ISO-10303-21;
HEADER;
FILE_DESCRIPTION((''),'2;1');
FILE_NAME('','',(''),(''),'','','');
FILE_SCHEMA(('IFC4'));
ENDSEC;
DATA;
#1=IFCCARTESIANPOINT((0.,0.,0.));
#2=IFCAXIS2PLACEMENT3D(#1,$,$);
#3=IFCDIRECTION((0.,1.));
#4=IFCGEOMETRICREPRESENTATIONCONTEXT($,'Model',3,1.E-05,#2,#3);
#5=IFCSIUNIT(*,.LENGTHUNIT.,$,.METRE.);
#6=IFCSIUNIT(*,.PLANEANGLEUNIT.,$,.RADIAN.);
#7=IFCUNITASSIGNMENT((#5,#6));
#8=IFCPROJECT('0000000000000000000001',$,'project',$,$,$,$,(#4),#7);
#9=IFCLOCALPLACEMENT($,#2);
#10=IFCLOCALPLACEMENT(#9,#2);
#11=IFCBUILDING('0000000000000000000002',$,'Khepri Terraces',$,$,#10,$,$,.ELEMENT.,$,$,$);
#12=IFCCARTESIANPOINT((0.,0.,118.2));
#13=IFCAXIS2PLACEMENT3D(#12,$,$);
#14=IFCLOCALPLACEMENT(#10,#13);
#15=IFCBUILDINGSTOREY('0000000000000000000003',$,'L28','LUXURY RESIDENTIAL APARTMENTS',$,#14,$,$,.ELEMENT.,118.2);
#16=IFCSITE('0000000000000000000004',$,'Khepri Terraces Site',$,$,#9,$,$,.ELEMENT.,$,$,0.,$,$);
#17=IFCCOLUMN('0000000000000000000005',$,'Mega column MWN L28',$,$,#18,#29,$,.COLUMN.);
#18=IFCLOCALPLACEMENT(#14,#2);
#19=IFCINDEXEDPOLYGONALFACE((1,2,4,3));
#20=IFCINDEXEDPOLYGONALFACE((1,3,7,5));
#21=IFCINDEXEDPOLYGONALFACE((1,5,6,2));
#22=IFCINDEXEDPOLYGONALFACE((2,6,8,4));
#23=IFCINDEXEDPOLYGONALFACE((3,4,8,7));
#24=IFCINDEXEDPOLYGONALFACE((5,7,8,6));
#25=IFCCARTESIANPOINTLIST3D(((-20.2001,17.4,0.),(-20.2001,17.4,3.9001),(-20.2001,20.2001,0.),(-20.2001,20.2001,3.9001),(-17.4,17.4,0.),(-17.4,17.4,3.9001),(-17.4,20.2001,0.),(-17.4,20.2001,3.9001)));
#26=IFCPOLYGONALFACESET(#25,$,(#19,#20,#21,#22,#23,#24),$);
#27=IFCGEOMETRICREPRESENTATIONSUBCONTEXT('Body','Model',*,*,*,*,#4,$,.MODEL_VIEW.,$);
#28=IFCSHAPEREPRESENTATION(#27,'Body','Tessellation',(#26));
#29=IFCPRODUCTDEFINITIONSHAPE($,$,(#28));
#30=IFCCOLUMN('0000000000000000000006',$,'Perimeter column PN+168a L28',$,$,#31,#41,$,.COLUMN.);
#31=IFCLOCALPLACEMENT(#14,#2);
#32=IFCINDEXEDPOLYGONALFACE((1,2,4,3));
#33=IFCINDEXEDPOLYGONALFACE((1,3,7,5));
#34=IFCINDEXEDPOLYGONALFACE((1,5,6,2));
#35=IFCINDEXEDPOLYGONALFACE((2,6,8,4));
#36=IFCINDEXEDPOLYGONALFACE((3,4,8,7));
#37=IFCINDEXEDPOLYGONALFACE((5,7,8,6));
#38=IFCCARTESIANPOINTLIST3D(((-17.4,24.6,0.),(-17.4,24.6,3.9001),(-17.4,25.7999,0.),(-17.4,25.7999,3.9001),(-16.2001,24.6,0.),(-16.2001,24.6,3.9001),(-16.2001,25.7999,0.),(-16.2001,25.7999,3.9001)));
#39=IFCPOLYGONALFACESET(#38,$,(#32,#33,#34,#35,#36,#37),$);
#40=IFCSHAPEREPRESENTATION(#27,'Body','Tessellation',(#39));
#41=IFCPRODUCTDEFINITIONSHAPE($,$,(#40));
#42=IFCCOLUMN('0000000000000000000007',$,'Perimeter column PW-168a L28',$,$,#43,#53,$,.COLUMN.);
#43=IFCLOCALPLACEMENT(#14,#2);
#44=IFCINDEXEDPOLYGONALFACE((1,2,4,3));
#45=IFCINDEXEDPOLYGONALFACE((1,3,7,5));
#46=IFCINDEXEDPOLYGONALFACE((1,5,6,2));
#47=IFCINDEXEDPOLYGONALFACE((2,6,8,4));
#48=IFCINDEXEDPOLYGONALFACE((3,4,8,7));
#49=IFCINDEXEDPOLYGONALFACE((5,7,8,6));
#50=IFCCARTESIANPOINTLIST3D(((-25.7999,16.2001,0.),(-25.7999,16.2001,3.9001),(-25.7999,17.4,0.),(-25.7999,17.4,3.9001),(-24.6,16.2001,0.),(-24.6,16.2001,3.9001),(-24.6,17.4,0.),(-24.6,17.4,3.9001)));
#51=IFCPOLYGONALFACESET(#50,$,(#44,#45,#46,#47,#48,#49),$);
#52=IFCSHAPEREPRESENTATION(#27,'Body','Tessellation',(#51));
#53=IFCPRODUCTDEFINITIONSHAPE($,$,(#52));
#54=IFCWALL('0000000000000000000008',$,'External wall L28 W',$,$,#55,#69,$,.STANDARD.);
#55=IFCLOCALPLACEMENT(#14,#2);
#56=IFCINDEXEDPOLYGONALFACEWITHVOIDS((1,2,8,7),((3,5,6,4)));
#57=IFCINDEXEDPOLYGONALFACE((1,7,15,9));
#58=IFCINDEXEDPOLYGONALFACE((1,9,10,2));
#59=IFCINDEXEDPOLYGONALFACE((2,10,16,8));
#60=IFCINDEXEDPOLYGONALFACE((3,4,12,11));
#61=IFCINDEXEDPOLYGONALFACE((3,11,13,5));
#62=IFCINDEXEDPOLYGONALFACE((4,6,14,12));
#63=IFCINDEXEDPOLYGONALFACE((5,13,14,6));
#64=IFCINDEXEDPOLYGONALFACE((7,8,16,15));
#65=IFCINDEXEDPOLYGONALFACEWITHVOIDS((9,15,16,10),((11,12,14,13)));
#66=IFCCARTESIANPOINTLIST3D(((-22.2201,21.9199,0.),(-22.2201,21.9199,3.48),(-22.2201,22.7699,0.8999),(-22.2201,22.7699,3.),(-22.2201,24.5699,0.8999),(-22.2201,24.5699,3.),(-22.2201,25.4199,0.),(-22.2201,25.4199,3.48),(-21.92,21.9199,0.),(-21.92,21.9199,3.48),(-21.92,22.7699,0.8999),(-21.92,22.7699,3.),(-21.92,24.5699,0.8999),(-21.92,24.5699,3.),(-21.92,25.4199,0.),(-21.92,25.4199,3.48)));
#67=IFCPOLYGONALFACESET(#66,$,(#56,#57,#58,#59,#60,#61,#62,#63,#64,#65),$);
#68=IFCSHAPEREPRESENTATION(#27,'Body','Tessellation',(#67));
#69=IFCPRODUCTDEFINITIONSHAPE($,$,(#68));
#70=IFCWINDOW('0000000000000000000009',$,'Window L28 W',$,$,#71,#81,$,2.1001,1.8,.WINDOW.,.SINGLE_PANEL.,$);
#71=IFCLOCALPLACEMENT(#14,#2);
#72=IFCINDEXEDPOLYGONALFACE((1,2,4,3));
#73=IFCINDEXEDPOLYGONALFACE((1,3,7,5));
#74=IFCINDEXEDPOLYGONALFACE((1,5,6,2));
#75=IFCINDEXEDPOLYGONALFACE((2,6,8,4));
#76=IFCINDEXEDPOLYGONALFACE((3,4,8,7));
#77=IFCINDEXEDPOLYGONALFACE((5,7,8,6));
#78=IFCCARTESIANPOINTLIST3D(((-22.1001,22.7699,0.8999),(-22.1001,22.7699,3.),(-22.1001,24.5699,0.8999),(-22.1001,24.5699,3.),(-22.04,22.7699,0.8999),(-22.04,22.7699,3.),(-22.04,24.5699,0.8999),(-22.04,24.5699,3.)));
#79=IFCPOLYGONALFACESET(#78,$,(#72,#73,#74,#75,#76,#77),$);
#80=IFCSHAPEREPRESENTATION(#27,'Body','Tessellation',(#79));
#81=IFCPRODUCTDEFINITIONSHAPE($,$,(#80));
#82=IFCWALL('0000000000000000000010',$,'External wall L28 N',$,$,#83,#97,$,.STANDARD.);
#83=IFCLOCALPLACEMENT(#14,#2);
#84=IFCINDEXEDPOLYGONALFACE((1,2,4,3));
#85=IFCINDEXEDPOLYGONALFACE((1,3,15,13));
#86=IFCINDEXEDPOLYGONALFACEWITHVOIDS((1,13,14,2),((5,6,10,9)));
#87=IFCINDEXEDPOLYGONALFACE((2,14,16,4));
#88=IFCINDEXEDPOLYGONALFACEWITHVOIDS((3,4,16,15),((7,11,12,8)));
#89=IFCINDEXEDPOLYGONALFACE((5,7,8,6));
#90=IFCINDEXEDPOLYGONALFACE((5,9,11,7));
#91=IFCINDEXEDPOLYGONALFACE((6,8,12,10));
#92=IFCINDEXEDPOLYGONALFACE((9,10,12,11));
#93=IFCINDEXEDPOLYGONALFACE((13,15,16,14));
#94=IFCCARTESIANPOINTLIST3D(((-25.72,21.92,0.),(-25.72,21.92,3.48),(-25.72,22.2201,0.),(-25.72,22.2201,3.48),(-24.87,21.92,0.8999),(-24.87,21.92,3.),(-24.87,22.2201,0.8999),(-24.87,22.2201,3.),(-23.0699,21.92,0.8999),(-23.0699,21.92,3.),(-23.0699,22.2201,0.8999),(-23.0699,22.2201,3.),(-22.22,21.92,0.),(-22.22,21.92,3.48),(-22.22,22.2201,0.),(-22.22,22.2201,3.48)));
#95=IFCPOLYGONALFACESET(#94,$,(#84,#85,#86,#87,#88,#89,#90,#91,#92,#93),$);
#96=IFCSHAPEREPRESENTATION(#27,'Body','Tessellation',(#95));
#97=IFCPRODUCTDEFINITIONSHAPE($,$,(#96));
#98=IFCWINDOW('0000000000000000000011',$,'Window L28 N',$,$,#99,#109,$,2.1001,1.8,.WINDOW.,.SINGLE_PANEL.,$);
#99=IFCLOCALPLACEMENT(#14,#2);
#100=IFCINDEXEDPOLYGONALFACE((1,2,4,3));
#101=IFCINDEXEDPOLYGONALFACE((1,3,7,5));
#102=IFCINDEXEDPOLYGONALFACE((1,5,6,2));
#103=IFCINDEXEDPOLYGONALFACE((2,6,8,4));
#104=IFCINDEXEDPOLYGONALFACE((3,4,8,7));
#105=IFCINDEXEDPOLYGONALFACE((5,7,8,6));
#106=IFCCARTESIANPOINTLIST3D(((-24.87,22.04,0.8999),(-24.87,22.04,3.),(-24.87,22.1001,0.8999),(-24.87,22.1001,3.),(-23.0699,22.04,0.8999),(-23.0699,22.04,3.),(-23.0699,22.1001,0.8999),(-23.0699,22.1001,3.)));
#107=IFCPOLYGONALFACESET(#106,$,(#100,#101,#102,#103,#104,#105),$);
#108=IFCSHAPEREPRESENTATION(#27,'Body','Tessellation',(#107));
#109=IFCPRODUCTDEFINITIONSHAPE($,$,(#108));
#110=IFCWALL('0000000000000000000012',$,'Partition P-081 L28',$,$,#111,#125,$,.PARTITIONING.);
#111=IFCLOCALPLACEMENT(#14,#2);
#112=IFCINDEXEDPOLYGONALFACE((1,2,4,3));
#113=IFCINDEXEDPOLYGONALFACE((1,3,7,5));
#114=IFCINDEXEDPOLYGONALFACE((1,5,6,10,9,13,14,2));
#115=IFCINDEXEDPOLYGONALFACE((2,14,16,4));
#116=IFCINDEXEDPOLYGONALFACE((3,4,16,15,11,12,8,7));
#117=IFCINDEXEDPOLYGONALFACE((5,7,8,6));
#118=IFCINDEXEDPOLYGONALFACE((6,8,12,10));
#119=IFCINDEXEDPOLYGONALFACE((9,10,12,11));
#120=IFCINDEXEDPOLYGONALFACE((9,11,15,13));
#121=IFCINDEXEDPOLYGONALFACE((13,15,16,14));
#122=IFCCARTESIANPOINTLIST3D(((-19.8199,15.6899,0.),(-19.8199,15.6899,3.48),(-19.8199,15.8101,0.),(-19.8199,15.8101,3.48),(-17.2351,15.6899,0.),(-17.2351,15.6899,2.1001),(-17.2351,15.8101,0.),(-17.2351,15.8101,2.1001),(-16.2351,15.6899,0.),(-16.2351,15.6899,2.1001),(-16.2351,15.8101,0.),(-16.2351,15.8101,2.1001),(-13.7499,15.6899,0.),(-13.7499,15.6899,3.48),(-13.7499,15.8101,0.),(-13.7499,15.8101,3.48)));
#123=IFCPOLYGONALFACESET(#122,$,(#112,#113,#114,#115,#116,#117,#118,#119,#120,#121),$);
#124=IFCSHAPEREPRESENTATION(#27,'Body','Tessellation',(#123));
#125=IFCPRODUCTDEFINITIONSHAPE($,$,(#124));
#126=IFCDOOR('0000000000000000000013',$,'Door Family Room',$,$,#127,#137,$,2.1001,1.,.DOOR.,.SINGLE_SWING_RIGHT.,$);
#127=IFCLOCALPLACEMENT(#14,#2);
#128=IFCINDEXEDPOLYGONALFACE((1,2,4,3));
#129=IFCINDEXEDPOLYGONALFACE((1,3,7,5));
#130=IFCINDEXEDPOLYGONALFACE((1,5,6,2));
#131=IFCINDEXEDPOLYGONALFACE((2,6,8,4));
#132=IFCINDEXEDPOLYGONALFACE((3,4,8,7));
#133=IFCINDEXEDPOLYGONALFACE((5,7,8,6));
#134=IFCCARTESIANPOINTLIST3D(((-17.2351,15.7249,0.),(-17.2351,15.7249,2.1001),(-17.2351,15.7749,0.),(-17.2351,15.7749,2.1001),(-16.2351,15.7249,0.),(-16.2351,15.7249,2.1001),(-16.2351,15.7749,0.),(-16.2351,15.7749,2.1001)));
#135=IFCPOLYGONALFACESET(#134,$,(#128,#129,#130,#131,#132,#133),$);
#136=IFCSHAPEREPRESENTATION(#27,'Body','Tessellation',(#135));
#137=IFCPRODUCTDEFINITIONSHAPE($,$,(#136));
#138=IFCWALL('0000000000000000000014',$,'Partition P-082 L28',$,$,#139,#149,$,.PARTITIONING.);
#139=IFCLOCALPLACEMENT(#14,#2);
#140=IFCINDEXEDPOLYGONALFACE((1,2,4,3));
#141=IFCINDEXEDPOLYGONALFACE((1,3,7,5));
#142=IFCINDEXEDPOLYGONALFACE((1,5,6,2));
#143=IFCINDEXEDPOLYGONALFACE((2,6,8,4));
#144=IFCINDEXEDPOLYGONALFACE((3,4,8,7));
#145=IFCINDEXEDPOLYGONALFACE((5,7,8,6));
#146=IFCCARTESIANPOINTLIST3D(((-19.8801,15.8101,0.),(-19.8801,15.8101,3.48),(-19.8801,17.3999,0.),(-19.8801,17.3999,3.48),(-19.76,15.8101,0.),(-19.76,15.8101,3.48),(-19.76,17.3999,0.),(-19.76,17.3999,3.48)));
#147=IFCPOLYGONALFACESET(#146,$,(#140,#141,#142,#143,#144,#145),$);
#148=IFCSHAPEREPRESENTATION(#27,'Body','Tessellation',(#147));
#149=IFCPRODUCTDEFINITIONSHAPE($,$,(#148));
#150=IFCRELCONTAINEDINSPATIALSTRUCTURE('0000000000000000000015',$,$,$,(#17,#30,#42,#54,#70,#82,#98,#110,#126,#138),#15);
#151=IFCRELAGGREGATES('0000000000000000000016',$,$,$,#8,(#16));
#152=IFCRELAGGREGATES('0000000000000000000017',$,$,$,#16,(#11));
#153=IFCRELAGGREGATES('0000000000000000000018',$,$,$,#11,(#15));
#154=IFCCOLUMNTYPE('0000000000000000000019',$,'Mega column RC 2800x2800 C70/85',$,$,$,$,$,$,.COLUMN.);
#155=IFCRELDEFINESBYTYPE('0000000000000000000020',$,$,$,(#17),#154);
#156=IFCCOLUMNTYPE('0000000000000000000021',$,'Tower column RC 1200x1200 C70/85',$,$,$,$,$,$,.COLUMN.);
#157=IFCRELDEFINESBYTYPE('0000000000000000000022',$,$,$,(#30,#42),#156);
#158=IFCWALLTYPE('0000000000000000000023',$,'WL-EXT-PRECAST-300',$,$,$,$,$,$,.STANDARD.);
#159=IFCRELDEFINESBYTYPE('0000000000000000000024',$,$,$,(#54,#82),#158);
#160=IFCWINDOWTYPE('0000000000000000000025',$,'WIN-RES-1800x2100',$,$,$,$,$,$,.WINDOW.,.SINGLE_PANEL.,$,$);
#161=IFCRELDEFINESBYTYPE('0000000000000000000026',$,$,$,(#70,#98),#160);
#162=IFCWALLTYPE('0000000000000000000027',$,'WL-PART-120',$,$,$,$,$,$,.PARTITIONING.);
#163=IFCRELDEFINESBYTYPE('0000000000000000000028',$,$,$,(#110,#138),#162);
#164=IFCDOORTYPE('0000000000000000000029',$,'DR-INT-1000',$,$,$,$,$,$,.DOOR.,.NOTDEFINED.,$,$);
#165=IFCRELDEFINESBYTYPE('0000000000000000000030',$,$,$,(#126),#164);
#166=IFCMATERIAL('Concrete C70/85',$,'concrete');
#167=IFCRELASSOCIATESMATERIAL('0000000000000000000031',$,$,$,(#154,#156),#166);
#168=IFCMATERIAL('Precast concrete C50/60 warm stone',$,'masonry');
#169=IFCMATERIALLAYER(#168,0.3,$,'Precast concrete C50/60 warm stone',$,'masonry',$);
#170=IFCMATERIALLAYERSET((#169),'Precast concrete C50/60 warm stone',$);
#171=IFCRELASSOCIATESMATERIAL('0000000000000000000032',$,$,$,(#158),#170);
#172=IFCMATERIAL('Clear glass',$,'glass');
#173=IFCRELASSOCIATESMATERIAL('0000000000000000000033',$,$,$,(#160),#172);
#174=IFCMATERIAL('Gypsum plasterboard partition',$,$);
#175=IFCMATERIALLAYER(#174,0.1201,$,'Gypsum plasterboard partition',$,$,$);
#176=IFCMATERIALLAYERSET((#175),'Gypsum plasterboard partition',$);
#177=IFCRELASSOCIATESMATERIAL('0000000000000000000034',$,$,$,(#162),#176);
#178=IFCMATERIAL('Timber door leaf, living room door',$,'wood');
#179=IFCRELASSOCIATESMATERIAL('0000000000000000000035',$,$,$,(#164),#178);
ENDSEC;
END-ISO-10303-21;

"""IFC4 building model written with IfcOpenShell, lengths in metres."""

from ifc_helpers import new_model, si_unit, direction, frame, frame_2d, origin, origin_2d, place, context, subcontext, project, spatial, rectangle, extrude, material, layer, layer_set, material_profile, profile_set, type_object, element, fill, save


model = new_model("IFC4")

# Units and contexts
model_context = context("Model", 3, precision=1e-05, world=origin(), true_north=direction((0.0, 1.0)))
body_context = subcontext(model_context, "Body", "Model", "MODEL_VIEW")
ifc_project = project(units=[si_unit("LENGTHUNIT", "METRE"), si_unit("PLANEANGLEUNIT", "RADIAN")], contexts=[model_context])

# Site, building, storey
site_placement = place(None, origin())
site = spatial("IfcSite", under=ifc_project, at=site_placement, Name="Khepri Terraces Site", CompositionType="ELEMENT", RefElevation=0.0)
building_placement = place(site_placement, origin())
building = spatial("IfcBuilding", under=site, at=building_placement, Name="Khepri Terraces", CompositionType="ELEMENT")
storey_placement = place(building_placement, frame((0.0, 0.0, 118.2)))
storey = spatial("IfcBuildingStorey", under=building, at=storey_placement, Name="L28", Description="LUXURY RESIDENTIAL APARTMENTS", CompositionType="ELEMENT", Elevation=118.2)

# Columns
ifc_material_1 = material(Name="Concrete C70/85", Category="concrete")
ifc_material_profile_1 = material_profile(ifc_material_1, rectangle(XDim=2.8, YDim=2.8, at=origin_2d()), Name="Concrete C70/85", Category="concrete")
ifc_profile_set_1 = profile_set([ifc_material_profile_1], Name="Concrete C70/85")
column_type_1 = type_object("IfcColumnType", Name="Mega column RC 2800x2800 C70/85", PredefinedType="COLUMN", material=ifc_profile_set_1)
column_placement = place(storey_placement, frame((-18.8, 18.8, 0.0), z_axis=(0.0, 0.0, 1.0), x_axis=(1.0, 0.0, 0.0)))
element("IfcColumn", 1, at=column_placement, inside=storey, type_object=column_type_1, Name="Mega column MWN L28", PredefinedType="COLUMN", context=body_context, shape_type="SweptSolid", body=[
    extrude(rectangle(XDim=2.8, YDim=2.8, at=origin_2d()), origin(), (0.0, 0.0, 1.0), 3.9001),
])
ifc_material_profile_2 = material_profile(ifc_material_1, rectangle(XDim=1.2, YDim=1.2, at=origin_2d()), Name="Concrete C70/85", Category="concrete")
ifc_profile_set_2 = profile_set([ifc_material_profile_2], Name="Concrete C70/85")
column_type_2 = type_object("IfcColumnType", Name="Tower column RC 1200x1200 C70/85", PredefinedType="COLUMN", material=ifc_profile_set_2)
for number, where, z_axis, x_axis, name in (
    (2, (-16.8, 25.2, 0.0), (0.0, 0.0, 1.0), (1.0, 0.0, 0.0), "Perimeter column PN+168a L28"),
    (3, (-25.2, 16.8, 0.0), (0.0, 0.0, 1.0), (1.0, 0.0, 0.0), "Perimeter column PW-168a L28"),
):
    element("IfcColumn", number, at=place(storey_placement, frame(where, z_axis=z_axis, x_axis=x_axis)), inside=storey, type_object=column_type_2, Name=name, PredefinedType="COLUMN", context=body_context, shape_type="SweptSolid", body=[
        extrude(rectangle(XDim=1.2, YDim=1.2, at=origin_2d()), origin(), (0.0, 0.0, 1.0), 3.9001),
    ])

# Shared definitions
ifc_material_2 = material(Name="Precast concrete C50/60 warm stone", Category="masonry")
ifc_layer_1 = layer(ifc_material_2, 0.3, Name="Precast concrete C50/60 warm stone", Category="masonry")
ifc_layer_set_1 = layer_set([ifc_layer_1], Name="Precast concrete C50/60 warm stone")
wall_type_1 = type_object("IfcWallType", Name="WL-EXT-PRECAST-300", PredefinedType="STANDARD", material=ifc_layer_set_1)
ifc_material_3 = material(Name="Clear glass", Category="glass")
window_type = type_object("IfcWindowType", Name="WIN-RES-1800x2100", PartitioningType="SINGLE_PANEL", PredefinedType="WINDOW", material=ifc_material_3)

# Walls, openings, windows
wall_1_placement = place(storey_placement, frame((-22.0701, 25.4199, 0.0), z_axis=(0.0, 0.0, 1.0), x_axis=(0.0, -1.0, 0.0)))
wall_1 = element("IfcWall", 4, at=wall_1_placement, inside=storey, type_object=wall_type_1, Name="External wall L28 W", PredefinedType="STANDARD", context=body_context, shape_type="SweptSolid", body=[
    extrude(rectangle(XDim=3.5, YDim=0.3, at=frame_2d((1.75, 0.0))), origin(), (0.0, 0.0, 1.0), 3.48),
])
opening_1_placement = place(wall_1_placement, frame((0.8501, 0.0, 0.8999)))
opening_1 = element("IfcOpeningElement", 5, at=opening_1_placement, cuts=wall_1, PredefinedType="OPENING", context=body_context, shape_type="SweptSolid", body=[
    extrude(rectangle(XDim=1.8, YDim=2.1001, at=frame_2d((0.8999, 1.05))), frame((0.0, 0.1602, 0.0), z_axis=(0.0, -1.0, 0.0), x_axis=(1.0, 0.0, 0.0)), (0.0, 0.0, 1.0), 0.3201),
])
window_1_placement = place(opening_1_placement, origin())
window_1 = element("IfcWindow", 6, at=window_1_placement, inside=storey, type_object=window_type, Name="Window L28 W", OverallHeight=2.1001, OverallWidth=1.8, PartitioningType="SINGLE_PANEL", PredefinedType="WINDOW", context=body_context, shape_type="SweptSolid", body=[
    extrude(rectangle(XDim=1.8, YDim=2.1001, at=frame_2d((0.8999, 1.05))), frame((0.0, 0.03, 0.0), z_axis=(0.0, -1.0, 0.0), x_axis=(1.0, 0.0, 0.0)), (0.0, 0.0, 1.0), 0.0601),
])
fill(opening_1, window_1)
wall_2_placement = place(storey_placement, frame((-22.22, 22.0701, 0.0), z_axis=(0.0, 0.0, 1.0), x_axis=(-1.0, 0.0, 0.0)))
wall_2 = element("IfcWall", 7, at=wall_2_placement, inside=storey, type_object=wall_type_1, Name="External wall L28 N", PredefinedType="STANDARD", context=body_context, shape_type="SweptSolid", body=[
    extrude(rectangle(XDim=3.5, YDim=0.3, at=frame_2d((1.75, 0.0))), origin(), (0.0, 0.0, 1.0), 3.48),
])
opening_2_placement = place(wall_2_placement, frame((0.8501, 0.0, 0.8999)))
opening_2 = element("IfcOpeningElement", 8, at=opening_2_placement, cuts=wall_2, PredefinedType="OPENING", context=body_context, shape_type="SweptSolid", body=[
    extrude(rectangle(XDim=1.8, YDim=2.1001, at=frame_2d((0.8999, 1.05))), frame((0.0, 0.1602, 0.0), z_axis=(0.0, -1.0, 0.0), x_axis=(1.0, 0.0, 0.0)), (0.0, 0.0, 1.0), 0.3201),
])
window_2_placement = place(opening_2_placement, origin())
window_2 = element("IfcWindow", 9, at=window_2_placement, inside=storey, type_object=window_type, Name="Window L28 N", OverallHeight=2.1001, OverallWidth=1.8, PartitioningType="SINGLE_PANEL", PredefinedType="WINDOW", context=body_context, shape_type="SweptSolid", body=[
    extrude(rectangle(XDim=1.8, YDim=2.1001, at=frame_2d((0.8999, 1.05))), frame((0.0, 0.03, 0.0), z_axis=(0.0, -1.0, 0.0), x_axis=(1.0, 0.0, 0.0)), (0.0, 0.0, 1.0), 0.0601),
])
fill(opening_2, window_2)

# Wall, opening, door
ifc_material_4 = material(Name="Gypsum plasterboard partition")
ifc_layer_2 = layer(ifc_material_4, 0.1201, Name="Gypsum plasterboard partition")
ifc_layer_set_2 = layer_set([ifc_layer_2], Name="Gypsum plasterboard partition")
wall_type_2 = type_object("IfcWallType", Name="WL-PART-120", PredefinedType="PARTITIONING", material=ifc_layer_set_2)
wall_3_placement = place(storey_placement, frame((-19.8201, 15.75, 0.0), z_axis=(0.0, 0.0, 1.0), x_axis=(1.0, 0.0, 0.0)))
wall_3 = element("IfcWall", 10, at=wall_3_placement, inside=storey, type_object=wall_type_2, Name="Partition P-081 L28", PredefinedType="PARTITIONING", context=body_context, shape_type="SweptSolid", body=[
    extrude(rectangle(XDim=6.0701, YDim=0.1201, at=frame_2d((3.0352, 0.0))), origin(), (0.0, 0.0, 1.0), 3.48),
])
opening_3_placement = place(wall_3_placement, frame((2.585, 0.0, 0.0)))
opening_3 = element("IfcOpeningElement", 11, at=opening_3_placement, cuts=wall_3, PredefinedType="OPENING", context=body_context, shape_type="SweptSolid", body=[
    extrude(rectangle(XDim=1.0, YDim=2.1001, at=frame_2d((0.5, 1.05))), frame((0.0, 0.0701, 0.0), z_axis=(0.0, -1.0, 0.0), x_axis=(1.0, 0.0, 0.0)), (0.0, 0.0, 1.0), 0.1401),
])
ifc_material_5 = material(Name="Timber door leaf, living room door", Category="wood")
door_type_1 = type_object("IfcDoorType", Name="DR-INT-1000", OperationType="NOTDEFINED", PredefinedType="DOOR", material=ifc_material_5)
door_1_placement = place(opening_3_placement, origin())
door_1 = element("IfcDoor", 12, at=door_1_placement, inside=storey, type_object=door_type_1, Name="Door Family Room", OperationType="SINGLE_SWING_RIGHT", OverallHeight=2.1001, OverallWidth=1.0, PredefinedType="DOOR", context=body_context, shape_type="SweptSolid", body=[
    extrude(rectangle(XDim=1.0, YDim=2.1001, at=frame_2d((0.5, 1.05))), frame((0.0, 0.0249, 0.0), z_axis=(0.0, -1.0, 0.0), x_axis=(1.0, 0.0, 0.0)), (0.0, 0.0, 1.0), 0.05),
])
fill(opening_3, door_1)

# Wall
wall_4_placement = place(storey_placement, frame((-19.8201, 15.8101, 0.0), z_axis=(0.0, 0.0, 1.0), x_axis=(0.0, 1.0, 0.0)))
element("IfcWall", 13, at=wall_4_placement, inside=storey, type_object=wall_type_2, Name="Partition P-082 L28", PredefinedType="PARTITIONING", context=body_context, shape_type="SweptSolid", body=[
    extrude(rectangle(XDim=1.5898, YDim=0.1201, at=frame_2d((0.7949, 0.0))), origin(), (0.0, 0.0, 1.0), 3.48),
])

save(model, "model.ifc")
